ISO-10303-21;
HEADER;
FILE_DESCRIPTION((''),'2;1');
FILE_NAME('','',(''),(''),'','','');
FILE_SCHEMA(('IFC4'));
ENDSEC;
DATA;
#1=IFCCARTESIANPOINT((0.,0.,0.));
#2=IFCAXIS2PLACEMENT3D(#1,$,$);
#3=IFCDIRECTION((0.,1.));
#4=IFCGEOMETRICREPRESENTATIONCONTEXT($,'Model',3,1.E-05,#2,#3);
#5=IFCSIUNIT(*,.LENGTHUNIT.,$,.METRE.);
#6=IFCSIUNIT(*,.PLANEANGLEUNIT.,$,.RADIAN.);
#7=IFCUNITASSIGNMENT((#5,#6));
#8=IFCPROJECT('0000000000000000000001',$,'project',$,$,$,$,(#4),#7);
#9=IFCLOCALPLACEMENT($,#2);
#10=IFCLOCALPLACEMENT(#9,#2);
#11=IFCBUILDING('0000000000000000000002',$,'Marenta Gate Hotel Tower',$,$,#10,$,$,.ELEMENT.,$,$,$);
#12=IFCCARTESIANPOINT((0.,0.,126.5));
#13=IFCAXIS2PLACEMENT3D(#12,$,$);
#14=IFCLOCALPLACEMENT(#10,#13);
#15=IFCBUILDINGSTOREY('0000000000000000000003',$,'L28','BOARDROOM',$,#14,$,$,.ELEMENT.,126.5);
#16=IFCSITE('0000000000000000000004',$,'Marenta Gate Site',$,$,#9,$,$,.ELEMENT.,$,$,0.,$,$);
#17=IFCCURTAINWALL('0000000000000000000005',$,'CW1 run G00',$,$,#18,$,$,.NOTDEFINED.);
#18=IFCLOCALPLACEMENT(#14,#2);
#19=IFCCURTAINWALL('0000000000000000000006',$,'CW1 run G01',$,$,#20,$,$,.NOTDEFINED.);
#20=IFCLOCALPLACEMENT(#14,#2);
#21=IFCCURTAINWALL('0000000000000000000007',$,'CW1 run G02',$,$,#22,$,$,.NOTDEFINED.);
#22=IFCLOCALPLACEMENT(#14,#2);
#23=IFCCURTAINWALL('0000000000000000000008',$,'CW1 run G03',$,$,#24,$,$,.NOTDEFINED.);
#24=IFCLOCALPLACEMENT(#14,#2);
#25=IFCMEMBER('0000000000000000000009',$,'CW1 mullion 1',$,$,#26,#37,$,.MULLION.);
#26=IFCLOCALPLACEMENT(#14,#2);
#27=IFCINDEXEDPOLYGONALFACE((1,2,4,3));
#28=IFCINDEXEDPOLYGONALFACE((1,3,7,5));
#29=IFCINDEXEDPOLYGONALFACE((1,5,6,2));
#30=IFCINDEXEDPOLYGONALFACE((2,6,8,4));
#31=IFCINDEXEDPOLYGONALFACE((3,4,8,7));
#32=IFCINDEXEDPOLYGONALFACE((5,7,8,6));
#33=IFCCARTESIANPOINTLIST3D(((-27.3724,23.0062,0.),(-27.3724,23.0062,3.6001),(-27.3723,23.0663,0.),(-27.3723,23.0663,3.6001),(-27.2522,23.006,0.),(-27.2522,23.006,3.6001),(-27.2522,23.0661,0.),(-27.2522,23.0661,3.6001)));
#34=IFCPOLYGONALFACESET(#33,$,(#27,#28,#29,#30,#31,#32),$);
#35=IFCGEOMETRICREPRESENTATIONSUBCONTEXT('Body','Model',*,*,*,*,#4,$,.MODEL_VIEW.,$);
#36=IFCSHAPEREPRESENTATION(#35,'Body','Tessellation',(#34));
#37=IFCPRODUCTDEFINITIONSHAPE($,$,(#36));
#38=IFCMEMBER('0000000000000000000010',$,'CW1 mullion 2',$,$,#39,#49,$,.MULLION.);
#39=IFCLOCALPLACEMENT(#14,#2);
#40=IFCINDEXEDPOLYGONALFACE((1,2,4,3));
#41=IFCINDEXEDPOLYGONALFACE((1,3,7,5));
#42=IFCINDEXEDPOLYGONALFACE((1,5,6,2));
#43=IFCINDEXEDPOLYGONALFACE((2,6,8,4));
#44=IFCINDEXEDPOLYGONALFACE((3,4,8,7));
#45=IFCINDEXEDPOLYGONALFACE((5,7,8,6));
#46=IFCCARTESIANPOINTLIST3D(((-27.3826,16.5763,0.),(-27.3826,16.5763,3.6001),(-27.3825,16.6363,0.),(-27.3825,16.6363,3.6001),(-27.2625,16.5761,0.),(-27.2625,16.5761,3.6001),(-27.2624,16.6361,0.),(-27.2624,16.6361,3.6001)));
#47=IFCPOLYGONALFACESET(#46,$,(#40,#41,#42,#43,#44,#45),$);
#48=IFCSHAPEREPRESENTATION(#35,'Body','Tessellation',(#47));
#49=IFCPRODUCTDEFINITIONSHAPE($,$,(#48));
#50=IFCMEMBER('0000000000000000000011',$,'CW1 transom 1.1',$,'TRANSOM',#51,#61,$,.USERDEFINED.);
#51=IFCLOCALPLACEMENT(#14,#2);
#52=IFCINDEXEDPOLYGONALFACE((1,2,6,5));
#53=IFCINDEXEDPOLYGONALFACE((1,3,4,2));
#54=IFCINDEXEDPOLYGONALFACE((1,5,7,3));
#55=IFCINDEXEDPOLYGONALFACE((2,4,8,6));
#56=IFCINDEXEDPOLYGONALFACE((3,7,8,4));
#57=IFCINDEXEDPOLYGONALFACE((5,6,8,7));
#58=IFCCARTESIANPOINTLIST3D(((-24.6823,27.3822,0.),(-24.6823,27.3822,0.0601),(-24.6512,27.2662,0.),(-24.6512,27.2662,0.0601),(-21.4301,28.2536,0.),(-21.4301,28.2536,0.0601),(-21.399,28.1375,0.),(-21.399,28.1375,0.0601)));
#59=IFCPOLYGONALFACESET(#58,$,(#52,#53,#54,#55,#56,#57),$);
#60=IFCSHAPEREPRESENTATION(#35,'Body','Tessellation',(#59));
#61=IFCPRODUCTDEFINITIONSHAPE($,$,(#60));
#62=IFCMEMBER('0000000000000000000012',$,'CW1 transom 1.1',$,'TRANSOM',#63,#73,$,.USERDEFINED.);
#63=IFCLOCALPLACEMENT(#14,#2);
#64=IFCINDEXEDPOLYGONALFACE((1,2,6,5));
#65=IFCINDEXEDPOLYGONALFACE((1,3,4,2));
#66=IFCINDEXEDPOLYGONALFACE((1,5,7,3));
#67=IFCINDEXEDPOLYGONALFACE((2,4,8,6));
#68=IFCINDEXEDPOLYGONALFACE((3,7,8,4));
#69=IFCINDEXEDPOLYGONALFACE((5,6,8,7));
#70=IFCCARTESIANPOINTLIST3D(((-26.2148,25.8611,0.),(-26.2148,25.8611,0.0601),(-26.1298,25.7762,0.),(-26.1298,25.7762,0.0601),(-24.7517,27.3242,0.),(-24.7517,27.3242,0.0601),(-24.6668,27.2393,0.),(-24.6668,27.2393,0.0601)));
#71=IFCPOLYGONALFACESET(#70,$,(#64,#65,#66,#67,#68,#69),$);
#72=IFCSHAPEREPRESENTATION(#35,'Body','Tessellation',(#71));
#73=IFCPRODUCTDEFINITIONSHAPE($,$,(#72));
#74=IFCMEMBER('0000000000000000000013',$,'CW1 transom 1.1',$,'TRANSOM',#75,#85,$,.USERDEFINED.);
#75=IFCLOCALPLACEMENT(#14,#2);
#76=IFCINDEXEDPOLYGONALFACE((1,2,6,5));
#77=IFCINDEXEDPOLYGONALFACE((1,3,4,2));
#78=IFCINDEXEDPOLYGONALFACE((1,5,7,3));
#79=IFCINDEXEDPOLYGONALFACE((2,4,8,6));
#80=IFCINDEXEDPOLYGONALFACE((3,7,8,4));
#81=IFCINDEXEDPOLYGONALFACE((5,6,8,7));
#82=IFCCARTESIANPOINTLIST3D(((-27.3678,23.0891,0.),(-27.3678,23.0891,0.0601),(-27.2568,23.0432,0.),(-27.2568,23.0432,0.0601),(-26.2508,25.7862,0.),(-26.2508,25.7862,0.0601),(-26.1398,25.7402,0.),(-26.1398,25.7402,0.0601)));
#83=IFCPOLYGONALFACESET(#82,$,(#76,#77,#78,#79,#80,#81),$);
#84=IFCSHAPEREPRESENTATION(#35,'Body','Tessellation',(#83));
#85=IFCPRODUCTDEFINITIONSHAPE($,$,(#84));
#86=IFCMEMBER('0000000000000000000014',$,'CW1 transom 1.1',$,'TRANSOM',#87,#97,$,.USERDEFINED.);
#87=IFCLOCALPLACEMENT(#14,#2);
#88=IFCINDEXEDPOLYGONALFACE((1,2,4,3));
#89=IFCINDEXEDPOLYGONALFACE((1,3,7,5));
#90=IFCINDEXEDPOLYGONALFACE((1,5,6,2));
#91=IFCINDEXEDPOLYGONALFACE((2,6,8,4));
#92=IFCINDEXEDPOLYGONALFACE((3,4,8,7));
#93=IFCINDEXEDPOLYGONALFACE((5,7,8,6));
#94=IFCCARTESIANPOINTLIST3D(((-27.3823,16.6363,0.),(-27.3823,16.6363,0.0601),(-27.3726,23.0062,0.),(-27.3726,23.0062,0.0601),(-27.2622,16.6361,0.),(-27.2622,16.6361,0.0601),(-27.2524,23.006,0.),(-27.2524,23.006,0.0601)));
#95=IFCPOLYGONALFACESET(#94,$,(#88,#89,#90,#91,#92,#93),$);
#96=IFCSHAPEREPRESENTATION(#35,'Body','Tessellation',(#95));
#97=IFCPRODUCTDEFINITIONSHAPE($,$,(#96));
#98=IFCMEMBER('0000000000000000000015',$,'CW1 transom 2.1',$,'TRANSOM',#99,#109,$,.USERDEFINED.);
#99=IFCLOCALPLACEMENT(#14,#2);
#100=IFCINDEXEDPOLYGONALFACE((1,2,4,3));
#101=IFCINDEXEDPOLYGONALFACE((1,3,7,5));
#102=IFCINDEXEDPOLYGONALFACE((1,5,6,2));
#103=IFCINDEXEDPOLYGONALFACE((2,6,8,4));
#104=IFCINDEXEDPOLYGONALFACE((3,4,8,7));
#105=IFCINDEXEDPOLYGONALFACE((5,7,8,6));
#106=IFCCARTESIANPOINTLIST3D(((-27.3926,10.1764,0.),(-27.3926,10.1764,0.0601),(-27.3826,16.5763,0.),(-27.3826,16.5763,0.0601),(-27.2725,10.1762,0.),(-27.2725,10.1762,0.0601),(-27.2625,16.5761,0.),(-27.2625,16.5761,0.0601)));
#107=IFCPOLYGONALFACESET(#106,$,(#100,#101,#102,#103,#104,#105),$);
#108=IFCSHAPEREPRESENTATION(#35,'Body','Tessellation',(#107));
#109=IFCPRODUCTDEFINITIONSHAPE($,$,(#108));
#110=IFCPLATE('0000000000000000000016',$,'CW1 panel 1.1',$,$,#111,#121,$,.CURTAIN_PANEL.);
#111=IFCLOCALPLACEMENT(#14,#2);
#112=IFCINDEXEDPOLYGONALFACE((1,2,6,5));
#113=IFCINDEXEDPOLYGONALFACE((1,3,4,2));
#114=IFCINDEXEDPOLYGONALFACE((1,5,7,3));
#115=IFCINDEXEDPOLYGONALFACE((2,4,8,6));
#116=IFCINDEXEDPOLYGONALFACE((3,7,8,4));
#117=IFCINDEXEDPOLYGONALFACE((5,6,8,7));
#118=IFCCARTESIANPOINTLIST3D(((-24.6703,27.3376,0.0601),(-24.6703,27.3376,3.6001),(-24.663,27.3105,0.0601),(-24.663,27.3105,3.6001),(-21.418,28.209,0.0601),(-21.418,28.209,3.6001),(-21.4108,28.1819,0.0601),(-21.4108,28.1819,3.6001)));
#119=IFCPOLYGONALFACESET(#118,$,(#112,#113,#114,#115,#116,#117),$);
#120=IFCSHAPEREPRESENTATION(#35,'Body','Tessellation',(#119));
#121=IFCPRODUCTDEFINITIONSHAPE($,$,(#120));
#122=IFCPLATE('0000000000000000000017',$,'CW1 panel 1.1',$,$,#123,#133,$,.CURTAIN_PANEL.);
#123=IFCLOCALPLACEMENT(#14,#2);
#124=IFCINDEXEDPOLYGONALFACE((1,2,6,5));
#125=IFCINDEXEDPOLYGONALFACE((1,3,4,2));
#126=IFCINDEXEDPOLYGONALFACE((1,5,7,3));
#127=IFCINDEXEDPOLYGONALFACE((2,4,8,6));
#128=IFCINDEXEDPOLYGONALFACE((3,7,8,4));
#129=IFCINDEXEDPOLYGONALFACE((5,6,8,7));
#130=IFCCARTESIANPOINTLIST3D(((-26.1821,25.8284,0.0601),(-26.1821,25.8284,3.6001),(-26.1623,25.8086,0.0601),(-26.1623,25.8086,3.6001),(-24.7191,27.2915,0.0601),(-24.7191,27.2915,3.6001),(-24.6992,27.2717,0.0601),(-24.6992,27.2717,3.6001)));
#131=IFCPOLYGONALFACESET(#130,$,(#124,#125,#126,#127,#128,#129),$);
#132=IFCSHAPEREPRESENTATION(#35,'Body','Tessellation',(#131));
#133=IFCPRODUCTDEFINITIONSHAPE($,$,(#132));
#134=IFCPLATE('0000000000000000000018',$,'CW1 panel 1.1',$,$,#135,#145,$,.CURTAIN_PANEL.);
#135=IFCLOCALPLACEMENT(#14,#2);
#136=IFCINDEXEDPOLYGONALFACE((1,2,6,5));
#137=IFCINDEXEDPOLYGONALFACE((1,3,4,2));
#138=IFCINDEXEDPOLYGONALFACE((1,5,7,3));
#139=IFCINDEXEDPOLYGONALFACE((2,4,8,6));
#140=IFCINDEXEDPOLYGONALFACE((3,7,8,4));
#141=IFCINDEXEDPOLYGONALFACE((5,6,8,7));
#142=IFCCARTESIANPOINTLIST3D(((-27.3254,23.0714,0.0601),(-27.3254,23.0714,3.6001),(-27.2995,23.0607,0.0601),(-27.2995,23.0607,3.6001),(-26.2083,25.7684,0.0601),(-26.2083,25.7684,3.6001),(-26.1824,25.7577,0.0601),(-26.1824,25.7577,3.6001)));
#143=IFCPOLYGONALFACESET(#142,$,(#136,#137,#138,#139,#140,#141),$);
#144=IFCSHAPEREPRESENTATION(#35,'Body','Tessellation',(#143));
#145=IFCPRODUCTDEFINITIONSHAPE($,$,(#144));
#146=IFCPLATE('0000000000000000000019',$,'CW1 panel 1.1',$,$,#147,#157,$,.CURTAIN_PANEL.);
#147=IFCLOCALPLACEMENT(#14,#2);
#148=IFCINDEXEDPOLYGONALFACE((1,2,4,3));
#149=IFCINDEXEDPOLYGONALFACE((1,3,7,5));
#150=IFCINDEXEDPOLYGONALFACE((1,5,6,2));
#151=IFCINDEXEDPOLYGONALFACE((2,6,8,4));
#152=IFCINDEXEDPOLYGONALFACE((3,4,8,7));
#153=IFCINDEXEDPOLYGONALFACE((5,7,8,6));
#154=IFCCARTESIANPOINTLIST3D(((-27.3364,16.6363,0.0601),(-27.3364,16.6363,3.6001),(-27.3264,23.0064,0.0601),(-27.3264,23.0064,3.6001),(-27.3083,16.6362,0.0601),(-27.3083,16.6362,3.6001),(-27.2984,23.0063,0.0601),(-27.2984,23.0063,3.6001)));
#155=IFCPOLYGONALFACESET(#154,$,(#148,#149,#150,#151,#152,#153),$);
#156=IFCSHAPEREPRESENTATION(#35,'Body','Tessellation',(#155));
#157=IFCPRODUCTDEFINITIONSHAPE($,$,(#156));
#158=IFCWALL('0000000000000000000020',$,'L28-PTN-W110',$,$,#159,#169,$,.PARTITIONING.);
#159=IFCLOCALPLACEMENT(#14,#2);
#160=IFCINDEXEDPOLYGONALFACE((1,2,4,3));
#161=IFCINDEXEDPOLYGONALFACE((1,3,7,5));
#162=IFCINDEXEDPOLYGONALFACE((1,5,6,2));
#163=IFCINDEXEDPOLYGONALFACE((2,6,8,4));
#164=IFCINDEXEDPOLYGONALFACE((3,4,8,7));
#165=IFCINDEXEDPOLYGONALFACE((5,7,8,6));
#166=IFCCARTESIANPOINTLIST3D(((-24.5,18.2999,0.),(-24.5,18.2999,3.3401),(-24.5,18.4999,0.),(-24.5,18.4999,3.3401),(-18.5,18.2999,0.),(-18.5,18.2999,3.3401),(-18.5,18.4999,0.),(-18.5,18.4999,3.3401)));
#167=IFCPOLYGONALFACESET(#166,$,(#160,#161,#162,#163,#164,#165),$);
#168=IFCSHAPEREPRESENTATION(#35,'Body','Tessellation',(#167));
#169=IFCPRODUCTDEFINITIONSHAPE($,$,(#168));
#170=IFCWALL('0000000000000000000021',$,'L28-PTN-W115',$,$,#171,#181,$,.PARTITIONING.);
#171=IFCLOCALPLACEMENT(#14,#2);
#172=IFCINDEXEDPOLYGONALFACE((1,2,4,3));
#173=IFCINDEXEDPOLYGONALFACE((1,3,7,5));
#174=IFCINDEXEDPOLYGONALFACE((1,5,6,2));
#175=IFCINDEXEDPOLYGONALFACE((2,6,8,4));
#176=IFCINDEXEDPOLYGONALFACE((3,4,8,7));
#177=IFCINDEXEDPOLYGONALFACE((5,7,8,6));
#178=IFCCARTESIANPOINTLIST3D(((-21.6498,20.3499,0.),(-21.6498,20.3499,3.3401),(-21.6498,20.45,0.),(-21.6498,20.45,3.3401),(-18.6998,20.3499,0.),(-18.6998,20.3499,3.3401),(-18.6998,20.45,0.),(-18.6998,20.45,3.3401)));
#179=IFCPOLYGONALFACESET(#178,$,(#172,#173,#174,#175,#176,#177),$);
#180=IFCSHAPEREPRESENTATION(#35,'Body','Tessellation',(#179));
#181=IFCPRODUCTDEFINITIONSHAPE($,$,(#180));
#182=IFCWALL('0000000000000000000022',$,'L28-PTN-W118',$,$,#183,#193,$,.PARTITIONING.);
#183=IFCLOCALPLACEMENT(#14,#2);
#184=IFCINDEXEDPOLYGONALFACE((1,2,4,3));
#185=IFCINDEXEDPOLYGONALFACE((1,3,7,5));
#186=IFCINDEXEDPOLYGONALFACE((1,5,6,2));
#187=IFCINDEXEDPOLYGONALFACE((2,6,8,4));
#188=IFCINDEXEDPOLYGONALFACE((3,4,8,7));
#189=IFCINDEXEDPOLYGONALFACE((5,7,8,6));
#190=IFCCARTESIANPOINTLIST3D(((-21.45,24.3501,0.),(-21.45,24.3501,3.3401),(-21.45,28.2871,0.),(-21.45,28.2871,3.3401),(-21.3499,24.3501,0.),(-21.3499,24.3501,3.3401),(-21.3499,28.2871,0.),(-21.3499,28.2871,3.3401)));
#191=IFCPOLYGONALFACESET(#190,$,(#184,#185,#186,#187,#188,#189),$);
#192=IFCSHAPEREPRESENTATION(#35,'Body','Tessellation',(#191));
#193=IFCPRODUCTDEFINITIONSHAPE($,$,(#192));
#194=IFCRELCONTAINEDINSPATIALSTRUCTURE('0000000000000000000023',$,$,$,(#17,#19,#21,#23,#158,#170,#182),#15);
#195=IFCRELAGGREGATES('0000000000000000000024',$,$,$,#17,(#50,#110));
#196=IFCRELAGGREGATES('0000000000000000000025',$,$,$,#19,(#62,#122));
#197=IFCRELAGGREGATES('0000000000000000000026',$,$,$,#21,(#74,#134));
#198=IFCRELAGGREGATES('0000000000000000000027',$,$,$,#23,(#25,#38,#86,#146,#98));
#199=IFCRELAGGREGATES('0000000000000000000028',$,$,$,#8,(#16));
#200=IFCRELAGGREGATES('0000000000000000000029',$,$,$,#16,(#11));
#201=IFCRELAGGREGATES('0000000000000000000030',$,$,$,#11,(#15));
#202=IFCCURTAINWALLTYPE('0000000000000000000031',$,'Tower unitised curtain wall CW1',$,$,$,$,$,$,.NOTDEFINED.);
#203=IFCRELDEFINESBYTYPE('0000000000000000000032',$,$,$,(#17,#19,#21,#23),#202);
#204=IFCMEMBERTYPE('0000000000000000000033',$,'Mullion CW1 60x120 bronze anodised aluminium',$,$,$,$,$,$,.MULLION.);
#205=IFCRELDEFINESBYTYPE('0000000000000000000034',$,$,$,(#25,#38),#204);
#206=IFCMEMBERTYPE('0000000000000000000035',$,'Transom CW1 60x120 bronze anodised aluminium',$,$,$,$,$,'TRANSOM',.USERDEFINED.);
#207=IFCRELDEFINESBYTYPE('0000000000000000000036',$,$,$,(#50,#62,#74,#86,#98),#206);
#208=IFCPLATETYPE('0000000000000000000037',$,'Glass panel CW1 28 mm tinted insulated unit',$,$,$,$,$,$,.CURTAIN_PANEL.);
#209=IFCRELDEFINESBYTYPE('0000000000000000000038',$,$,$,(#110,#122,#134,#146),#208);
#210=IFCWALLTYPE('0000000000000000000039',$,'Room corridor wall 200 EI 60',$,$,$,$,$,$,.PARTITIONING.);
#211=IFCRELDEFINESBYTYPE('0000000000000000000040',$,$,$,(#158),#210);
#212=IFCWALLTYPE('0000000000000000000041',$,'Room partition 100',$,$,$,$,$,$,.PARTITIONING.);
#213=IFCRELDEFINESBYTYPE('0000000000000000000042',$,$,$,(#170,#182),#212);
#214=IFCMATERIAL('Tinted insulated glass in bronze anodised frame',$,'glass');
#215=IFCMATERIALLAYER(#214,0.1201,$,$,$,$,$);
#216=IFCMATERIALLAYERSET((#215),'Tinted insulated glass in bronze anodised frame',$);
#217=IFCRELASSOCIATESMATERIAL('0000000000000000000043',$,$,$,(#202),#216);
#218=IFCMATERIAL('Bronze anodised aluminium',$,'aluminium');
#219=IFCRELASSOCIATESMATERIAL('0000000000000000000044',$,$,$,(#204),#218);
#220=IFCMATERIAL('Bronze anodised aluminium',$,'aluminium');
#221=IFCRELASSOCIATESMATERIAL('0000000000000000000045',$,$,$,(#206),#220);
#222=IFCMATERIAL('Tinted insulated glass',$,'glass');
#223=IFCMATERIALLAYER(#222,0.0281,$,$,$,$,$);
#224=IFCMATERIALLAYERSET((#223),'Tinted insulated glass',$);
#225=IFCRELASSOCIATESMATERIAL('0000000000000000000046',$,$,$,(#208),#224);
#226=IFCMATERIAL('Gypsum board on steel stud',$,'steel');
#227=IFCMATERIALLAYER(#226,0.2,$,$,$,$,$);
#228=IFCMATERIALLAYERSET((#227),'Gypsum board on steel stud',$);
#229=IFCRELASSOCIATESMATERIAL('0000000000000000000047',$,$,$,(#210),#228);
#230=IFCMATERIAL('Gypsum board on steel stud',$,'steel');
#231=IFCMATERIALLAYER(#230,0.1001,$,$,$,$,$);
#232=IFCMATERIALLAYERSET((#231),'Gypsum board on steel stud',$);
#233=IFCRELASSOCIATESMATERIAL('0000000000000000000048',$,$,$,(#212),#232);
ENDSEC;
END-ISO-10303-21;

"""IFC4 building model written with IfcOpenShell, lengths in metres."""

from ifc_helpers import new_model, si_unit, direction, frame, frame_2d, origin, origin_2d, place, context, subcontext, project, spatial, rectangle, extrude, material, layer, layer_set, material_profile, profile_set, type_object, element, aggregate, save


model = new_model("IFC4")

# Units and contexts
model_context = context("Model", 3, precision=1e-05, world=origin(), true_north=direction((0.0, 1.0)))
body_context = subcontext(model_context, "Body", "Model", "MODEL_VIEW")
ifc_project = project(units=[si_unit("LENGTHUNIT", "METRE"), si_unit("PLANEANGLEUNIT", "RADIAN")], contexts=[model_context])

# Site, building, storey
site_placement = place(None, origin())
site = spatial("IfcSite", under=ifc_project, at=site_placement, Name="Marenta Gate Site", CompositionType="ELEMENT", RefElevation=0.0)
building_placement = place(site_placement, origin())
building = spatial("IfcBuilding", under=site, at=building_placement, Name="Marenta Gate Hotel Tower", CompositionType="ELEMENT")
storey_placement = place(building_placement, frame((0.0, 0.0, 126.5)))
storey = spatial("IfcBuildingStorey", under=building, at=storey_placement, Name="L28", Description="BOARDROOM", CompositionType="ELEMENT", Elevation=126.5)

# Curtain walls
ifc_material_1 = material(Name="Tinted insulated glass in bronze anodised frame", Category="glass")
ifc_layer_1 = layer(ifc_material_1, 0.1201)
ifc_layer_set_1 = layer_set([ifc_layer_1], Name="Tinted insulated glass in bronze anodised frame")
curtain_wall_type = type_object("IfcCurtainWallType", Name="Tower unitised curtain wall CW1", PredefinedType="NOTDEFINED", material=ifc_layer_set_1)
curtain_wall_1_placement = place(storey_placement, origin())
curtain_wall_1 = element("IfcCurtainWall", 1, at=curtain_wall_1_placement, inside=storey, type_object=curtain_wall_type, Name="CW1 run G00", PredefinedType="NOTDEFINED")
ifc_material_2 = material(Name="Bronze anodised aluminium", Category="aluminium")
ifc_material_profile_1 = material_profile(ifc_material_2, rectangle(XDim=0.1201, YDim=0.0601, at=origin_2d()), Name="Mullion CW1 60x120 bronze anodised aluminium")
ifc_profile_set_1 = profile_set([ifc_material_profile_1], Name="Bronze anodised aluminium")
member_type_1 = type_object("IfcMemberType", Name="Mullion CW1 60x120 bronze anodised aluminium", PredefinedType="MULLION", material=ifc_profile_set_1)
curtain_wall_2_placement = place(storey_placement, origin())
curtain_wall_2 = element("IfcCurtainWall", 2, at=curtain_wall_2_placement, inside=storey, type_object=curtain_wall_type, Name="CW1 run G01", PredefinedType="NOTDEFINED")
curtain_wall_3_placement = place(storey_placement, origin())
curtain_wall_3 = element("IfcCurtainWall", 3, at=curtain_wall_3_placement, inside=storey, type_object=curtain_wall_type, Name="CW1 run G02", PredefinedType="NOTDEFINED")

# Curtain wall, members
curtain_wall_4_placement = place(storey_placement, origin())
curtain_wall_4 = element("IfcCurtainWall", 4, at=curtain_wall_4_placement, inside=storey, type_object=curtain_wall_type, Name="CW1 run G03", PredefinedType="NOTDEFINED")
member_1_placement = place(storey_placement, frame((-27.3123, 23.0361, 0.0), z_axis=(0.0, 0.0, 1.0), x_axis=(0.999999, -0.001566, 0.0)))
member_1 = element("IfcMember", 5, at=member_1_placement, type_object=member_type_1, Name="CW1 mullion 1", PredefinedType="MULLION", context=body_context, shape_type="SweptSolid", body=[
    extrude(rectangle(XDim=0.1201, YDim=0.0601, at=origin_2d()), origin(), (0.0, 0.0, 1.0), 3.6001),
])
member_2_placement = place(storey_placement, frame((-27.3225, 16.6062, 0.0), z_axis=(0.0, 0.0, 1.0), x_axis=(0.999999, -0.001566, 0.0)))
member_2 = element("IfcMember", 6, at=member_2_placement, type_object=member_type_1, Name="CW1 mullion 2", PredefinedType="MULLION", context=body_context, shape_type="SweptSolid", body=[
    extrude(rectangle(XDim=0.1201, YDim=0.0601, at=origin_2d()), origin(), (0.0, 0.0, 1.0), 3.6001),
])

# Members
ifc_material_3 = material(Name="Bronze anodised aluminium", Category="aluminium")
ifc_material_profile_2 = material_profile(ifc_material_3, rectangle(XDim=0.1201, YDim=0.0601, at=origin_2d()), Name="Transom CW1 60x120 bronze anodised aluminium")
ifc_profile_set_2 = profile_set([ifc_material_profile_2], Name="Bronze anodised aluminium")
member_type_2 = type_object("IfcMemberType", Name="Transom CW1 60x120 bronze anodised aluminium", ElementType="TRANSOM", PredefinedType="USERDEFINED", material=ifc_profile_set_2)
member_3_placement = place(storey_placement, frame((-21.4146, 28.1956, 0.03), z_axis=(-0.965932, -0.258795, 0.0), x_axis=(0.258795, -0.965932, 0.0)))
member_3 = element("IfcMember", 7, at=member_3_placement, type_object=member_type_2, Name="CW1 transom 1.1", ObjectType="TRANSOM", PredefinedType="USERDEFINED", context=body_context, shape_type="SweptSolid", body=[
    extrude(rectangle(XDim=0.1201, YDim=0.0601, at=origin_2d()), origin(), (0.0, 0.0, 1.0), 3.3669),
])
member_4_placement = place(storey_placement, frame((-24.7092, 27.2817, 0.03), z_axis=(-0.707107, -0.707107, 0.0), x_axis=(0.707107, -0.707107, 0.0)))
member_4 = element("IfcMember", 8, at=member_4_placement, type_object=member_type_2, Name="CW1 transom 1.1", ObjectType="TRANSOM", PredefinedType="USERDEFINED", context=body_context, shape_type="SweptSolid", body=[
    extrude(rectangle(XDim=0.1201, YDim=0.0601, at=origin_2d()), origin(), (0.0, 0.0, 1.0), 2.0691),
])
member_5_placement = place(storey_placement, frame((-26.1953, 25.7632, 0.03), z_axis=(-0.382625, -0.923904, 0.0), x_axis=(0.923904, -0.382625, 0.0)))
member_5 = element("IfcMember", 9, at=member_5_placement, type_object=member_type_2, Name="CW1 transom 1.1", ObjectType="TRANSOM", PredefinedType="USERDEFINED", context=body_context, shape_type="SweptSolid", body=[
    extrude(rectangle(XDim=0.1201, YDim=0.0601, at=origin_2d()), origin(), (0.0, 0.0, 1.0), 2.9192),
])
member_6_placement = place(storey_placement, frame((-27.3125, 23.0061, 0.03), z_axis=(-0.001533, -0.999999, 0.0), x_axis=(0.999999, -0.001533, 0.0)))
member_6 = element("IfcMember", 10, at=member_6_placement, type_object=member_type_2, Name="CW1 transom 1.1", ObjectType="TRANSOM", PredefinedType="USERDEFINED", context=body_context, shape_type="SweptSolid", body=[
    extrude(rectangle(XDim=0.1201, YDim=0.0601, at=origin_2d()), origin(), (0.0, 0.0, 1.0), 6.3699),
])
member_7_placement = place(storey_placement, frame((-27.3225, 16.5762, 0.03), z_axis=(-0.001564, -0.999999, 0.0), x_axis=(0.999999, -0.001564, 0.0)))
member_7 = element("IfcMember", 11, at=member_7_placement, type_object=member_type_2, Name="CW1 transom 2.1", ObjectType="TRANSOM", PredefinedType="USERDEFINED", context=body_context, shape_type="SweptSolid", body=[
    extrude(rectangle(XDim=0.1201, YDim=0.0601, at=origin_2d()), origin(), (0.0, 0.0, 1.0), 6.3999),
])

# Plates
ifc_material_4 = material(Name="Tinted insulated glass", Category="glass")
ifc_layer_2 = layer(ifc_material_4, 0.0281)
ifc_layer_set_2 = layer_set([ifc_layer_2], Name="Tinted insulated glass")
plate_type = type_object("IfcPlateType", Name="Glass panel CW1 28 mm tinted insulated unit", PredefinedType="CURTAIN_PANEL", material=ifc_layer_set_2)
plate_1_placement = place(storey_placement, frame((-23.0405, 27.7598, 0.0601), z_axis=(0.0, 0.0, 1.0), x_axis=(-0.965931, -0.258801, 0.0)))
plate_1 = element("IfcPlate", 12, at=plate_1_placement, type_object=plate_type, Name="CW1 panel 1.1", PredefinedType="CURTAIN_PANEL", context=body_context, shape_type="SweptSolid", body=[
    extrude(rectangle(XDim=3.3669, YDim=0.0281, at=origin_2d()), origin(), (0.0, 0.0, 1.0), 3.54),
])
aggregate(curtain_wall_1, [member_3, plate_1])
plate_2_placement = place(storey_placement, frame((-25.4407, 26.55, 0.0601), z_axis=(0.0, 0.0, 1.0), x_axis=(-0.707107, -0.707107, 0.0)))
plate_2 = element("IfcPlate", 13, at=plate_2_placement, type_object=plate_type, Name="CW1 panel 1.1", PredefinedType="CURTAIN_PANEL", context=body_context, shape_type="SweptSolid", body=[
    extrude(rectangle(XDim=2.0691, YDim=0.0281, at=origin_2d()), origin(), (0.0, 0.0, 1.0), 3.54),
])
aggregate(curtain_wall_2, [member_4, plate_2])
plate_3_placement = place(storey_placement, frame((-26.7539, 24.4146, 0.0601), z_axis=(0.0, 0.0, 1.0), x_axis=(-0.382672, -0.923884, 0.0)))
plate_3 = element("IfcPlate", 14, at=plate_3_placement, type_object=plate_type, Name="CW1 panel 1.1", PredefinedType="CURTAIN_PANEL", context=body_context, shape_type="SweptSolid", body=[
    extrude(rectangle(XDim=2.9192, YDim=0.0281, at=origin_2d()), origin(), (0.0, 0.0, 1.0), 3.54),
])
aggregate(curtain_wall_3, [member_5, plate_3])
plate_4_placement = place(storey_placement, frame((-27.3174, 19.8213, 0.0601), z_axis=(0.0, 0.0, 1.0), x_axis=(-0.001566, -0.999999, 0.0)))
plate_4 = element("IfcPlate", 15, at=plate_4_placement, type_object=plate_type, Name="CW1 panel 1.1", PredefinedType="CURTAIN_PANEL", context=body_context, shape_type="SweptSolid", body=[
    extrude(rectangle(XDim=6.3701, YDim=0.0281, at=origin_2d()), origin(), (0.0, 0.0, 1.0), 3.54),
])
aggregate(curtain_wall_4, [member_1, member_2, member_6, plate_4, member_7])

# Walls
ifc_material_5 = material(Name="Gypsum board on steel stud", Category="steel")
ifc_layer_3 = layer(ifc_material_5, 0.2)
ifc_layer_set_3 = layer_set([ifc_layer_3], Name="Gypsum board on steel stud")
wall_type_1 = type_object("IfcWallType", Name="Room corridor wall 200 EI 60", PredefinedType="PARTITIONING", material=ifc_layer_set_3)
wall_1_placement = place(storey_placement, frame((-24.5, 18.3999, 0.0), z_axis=(0.0, 0.0, 1.0), x_axis=(1.0, 0.0, 0.0)))
element("IfcWall", 16, at=wall_1_placement, inside=storey, type_object=wall_type_1, Name="L28-PTN-W110", PredefinedType="PARTITIONING", context=body_context, shape_type="SweptSolid", body=[
    extrude(rectangle(XDim=6.0, YDim=0.2, at=frame_2d((3.0, 0.0))), origin(), (0.0, 0.0, 1.0), 3.3401),
])
ifc_material_6 = material(Name="Gypsum board on steel stud", Category="steel")
ifc_layer_4 = layer(ifc_material_6, 0.1001)
ifc_layer_set_4 = layer_set([ifc_layer_4], Name="Gypsum board on steel stud")
wall_type_2 = type_object("IfcWallType", Name="Room partition 100", PredefinedType="PARTITIONING", material=ifc_layer_set_4)
wall_2_placement = place(storey_placement, frame((-21.6499, 20.3999, 0.0), z_axis=(0.0, 0.0, 1.0), x_axis=(1.0, 0.0, 0.0)))
element("IfcWall", 17, at=wall_2_placement, inside=storey, type_object=wall_type_2, Name="L28-PTN-W115", PredefinedType="PARTITIONING", context=body_context, shape_type="SweptSolid", body=[
    extrude(rectangle(XDim=2.95, YDim=0.1001, at=frame_2d((1.4751, 0.0))), origin(), (0.0, 0.0, 1.0), 3.3401),
])
wall_3_placement = place(storey_placement, frame((-21.3999, 24.3501, 0.0), z_axis=(0.0, 0.0, 1.0), x_axis=(0.0, 1.0, 0.0)))
element("IfcWall", 18, at=wall_3_placement, inside=storey, type_object=wall_type_2, Name="L28-PTN-W118", PredefinedType="PARTITIONING", context=body_context, shape_type="SweptSolid", body=[
    extrude(rectangle(XDim=3.937, YDim=0.1001, at=frame_2d((1.9685, 0.0))), origin(), (0.0, 0.0, 1.0), 3.3401),
])

save(model, "model.ifc")
